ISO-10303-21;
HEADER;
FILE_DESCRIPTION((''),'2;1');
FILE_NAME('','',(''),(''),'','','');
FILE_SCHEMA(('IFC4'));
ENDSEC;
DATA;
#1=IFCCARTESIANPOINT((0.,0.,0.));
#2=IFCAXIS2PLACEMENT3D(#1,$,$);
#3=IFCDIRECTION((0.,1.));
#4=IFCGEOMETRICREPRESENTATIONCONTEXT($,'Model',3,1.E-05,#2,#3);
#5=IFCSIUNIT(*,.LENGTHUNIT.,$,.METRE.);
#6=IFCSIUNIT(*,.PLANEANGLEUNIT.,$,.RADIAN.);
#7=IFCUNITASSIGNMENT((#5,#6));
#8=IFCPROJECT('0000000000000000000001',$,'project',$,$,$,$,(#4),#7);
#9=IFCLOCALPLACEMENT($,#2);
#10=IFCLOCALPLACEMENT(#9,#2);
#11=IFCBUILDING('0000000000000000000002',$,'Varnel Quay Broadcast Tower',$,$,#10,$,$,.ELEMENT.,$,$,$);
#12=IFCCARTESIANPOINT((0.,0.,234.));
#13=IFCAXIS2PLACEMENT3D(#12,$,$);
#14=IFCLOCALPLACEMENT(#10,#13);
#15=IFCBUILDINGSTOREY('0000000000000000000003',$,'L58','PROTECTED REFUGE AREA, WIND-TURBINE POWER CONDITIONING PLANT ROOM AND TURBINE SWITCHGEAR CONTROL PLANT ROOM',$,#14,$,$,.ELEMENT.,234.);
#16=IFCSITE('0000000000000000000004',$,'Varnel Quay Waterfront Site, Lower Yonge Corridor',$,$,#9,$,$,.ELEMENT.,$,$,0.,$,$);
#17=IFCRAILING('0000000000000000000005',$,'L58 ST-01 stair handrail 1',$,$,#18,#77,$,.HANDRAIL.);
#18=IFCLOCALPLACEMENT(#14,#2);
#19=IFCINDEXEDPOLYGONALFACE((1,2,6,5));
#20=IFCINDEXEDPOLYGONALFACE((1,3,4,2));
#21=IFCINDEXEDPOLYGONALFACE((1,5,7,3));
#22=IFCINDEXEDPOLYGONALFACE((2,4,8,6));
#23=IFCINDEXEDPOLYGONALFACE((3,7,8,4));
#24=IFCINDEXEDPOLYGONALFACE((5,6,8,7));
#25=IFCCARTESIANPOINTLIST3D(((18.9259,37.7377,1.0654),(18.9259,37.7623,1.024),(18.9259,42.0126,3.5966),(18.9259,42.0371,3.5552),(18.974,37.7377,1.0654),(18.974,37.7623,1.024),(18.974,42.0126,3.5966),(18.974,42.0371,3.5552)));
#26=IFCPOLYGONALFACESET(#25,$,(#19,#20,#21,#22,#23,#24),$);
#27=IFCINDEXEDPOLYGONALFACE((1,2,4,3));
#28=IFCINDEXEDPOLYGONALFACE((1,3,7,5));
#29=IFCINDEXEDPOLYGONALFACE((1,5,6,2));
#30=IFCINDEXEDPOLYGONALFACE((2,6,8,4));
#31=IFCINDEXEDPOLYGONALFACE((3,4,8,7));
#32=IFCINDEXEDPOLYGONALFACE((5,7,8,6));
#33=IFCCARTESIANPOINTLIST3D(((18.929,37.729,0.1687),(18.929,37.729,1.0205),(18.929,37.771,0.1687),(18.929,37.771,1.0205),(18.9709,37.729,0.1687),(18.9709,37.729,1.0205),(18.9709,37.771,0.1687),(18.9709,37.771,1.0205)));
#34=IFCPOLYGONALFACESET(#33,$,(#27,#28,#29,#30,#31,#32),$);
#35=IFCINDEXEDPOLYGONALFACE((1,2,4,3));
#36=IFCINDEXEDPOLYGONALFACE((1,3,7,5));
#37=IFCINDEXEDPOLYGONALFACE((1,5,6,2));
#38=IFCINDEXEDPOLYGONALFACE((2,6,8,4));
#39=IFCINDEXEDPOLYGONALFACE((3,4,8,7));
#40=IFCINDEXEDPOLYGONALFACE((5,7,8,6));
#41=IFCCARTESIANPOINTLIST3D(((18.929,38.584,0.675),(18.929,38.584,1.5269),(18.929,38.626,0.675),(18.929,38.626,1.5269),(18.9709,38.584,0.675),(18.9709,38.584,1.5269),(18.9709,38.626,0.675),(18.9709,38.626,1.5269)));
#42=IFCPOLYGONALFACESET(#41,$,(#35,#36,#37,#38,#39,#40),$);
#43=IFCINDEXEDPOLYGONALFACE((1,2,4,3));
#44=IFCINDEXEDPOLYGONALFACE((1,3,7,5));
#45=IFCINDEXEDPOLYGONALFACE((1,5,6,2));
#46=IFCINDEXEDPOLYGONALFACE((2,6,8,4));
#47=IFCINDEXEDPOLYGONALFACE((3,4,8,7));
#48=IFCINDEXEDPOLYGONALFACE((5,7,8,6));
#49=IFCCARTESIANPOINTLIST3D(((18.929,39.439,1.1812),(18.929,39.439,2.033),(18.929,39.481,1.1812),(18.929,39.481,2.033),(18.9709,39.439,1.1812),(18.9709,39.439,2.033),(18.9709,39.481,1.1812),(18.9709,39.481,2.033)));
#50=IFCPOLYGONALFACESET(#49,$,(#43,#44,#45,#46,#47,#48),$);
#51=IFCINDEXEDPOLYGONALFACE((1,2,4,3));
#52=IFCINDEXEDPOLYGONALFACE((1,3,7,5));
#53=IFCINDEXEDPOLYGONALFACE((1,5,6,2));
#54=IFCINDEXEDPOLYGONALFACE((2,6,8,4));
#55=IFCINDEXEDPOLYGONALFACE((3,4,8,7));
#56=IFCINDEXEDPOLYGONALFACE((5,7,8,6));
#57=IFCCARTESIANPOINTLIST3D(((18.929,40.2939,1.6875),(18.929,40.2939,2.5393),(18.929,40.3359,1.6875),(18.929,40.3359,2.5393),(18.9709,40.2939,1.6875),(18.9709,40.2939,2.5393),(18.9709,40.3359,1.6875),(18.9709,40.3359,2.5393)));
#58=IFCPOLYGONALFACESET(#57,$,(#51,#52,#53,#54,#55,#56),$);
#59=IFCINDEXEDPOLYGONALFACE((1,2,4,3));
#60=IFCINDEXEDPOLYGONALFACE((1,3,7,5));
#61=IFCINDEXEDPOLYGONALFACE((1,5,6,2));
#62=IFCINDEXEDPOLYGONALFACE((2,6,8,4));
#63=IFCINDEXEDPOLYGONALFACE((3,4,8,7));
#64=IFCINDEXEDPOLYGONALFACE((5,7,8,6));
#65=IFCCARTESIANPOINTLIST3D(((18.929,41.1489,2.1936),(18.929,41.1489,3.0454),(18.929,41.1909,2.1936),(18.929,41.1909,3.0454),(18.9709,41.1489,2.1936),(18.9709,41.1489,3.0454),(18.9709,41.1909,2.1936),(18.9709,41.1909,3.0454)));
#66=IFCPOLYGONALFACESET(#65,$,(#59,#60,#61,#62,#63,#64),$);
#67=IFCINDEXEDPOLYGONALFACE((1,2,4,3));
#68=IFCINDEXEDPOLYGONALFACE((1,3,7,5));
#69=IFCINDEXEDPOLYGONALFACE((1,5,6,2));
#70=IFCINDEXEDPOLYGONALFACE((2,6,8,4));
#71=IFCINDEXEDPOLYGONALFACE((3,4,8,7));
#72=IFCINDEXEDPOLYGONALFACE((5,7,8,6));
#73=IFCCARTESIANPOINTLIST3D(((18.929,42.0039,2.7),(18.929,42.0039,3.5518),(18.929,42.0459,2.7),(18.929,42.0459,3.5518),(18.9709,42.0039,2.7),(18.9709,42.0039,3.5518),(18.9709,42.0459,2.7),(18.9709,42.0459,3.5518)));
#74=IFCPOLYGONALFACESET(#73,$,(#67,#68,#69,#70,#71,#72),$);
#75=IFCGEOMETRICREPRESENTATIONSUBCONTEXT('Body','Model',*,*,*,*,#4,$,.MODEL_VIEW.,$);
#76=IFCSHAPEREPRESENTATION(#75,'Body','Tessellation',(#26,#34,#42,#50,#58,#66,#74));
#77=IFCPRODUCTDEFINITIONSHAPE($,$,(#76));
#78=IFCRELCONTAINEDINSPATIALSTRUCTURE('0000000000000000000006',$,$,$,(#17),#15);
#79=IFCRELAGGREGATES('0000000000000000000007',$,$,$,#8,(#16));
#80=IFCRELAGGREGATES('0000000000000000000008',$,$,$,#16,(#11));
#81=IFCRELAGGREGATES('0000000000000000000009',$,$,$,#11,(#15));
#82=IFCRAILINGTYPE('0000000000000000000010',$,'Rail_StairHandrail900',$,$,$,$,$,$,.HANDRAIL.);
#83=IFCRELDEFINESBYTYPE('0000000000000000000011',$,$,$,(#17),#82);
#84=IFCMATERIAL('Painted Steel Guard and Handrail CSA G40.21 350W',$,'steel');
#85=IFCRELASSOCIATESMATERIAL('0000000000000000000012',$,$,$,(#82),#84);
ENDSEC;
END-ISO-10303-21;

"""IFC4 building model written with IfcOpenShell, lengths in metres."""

from ifc_helpers import new_model, si_unit, direction, frame, origin, origin_2d, place, context, subcontext, project, spatial, rectangle, extrude, material, type_object, element, save


model = new_model("IFC4")

# Units and contexts
model_context = context("Model", 3, precision=1e-05, world=origin(), true_north=direction((0.0, 1.0)))
body_context = subcontext(model_context, "Body", "Model", "MODEL_VIEW")
ifc_project = project(units=[si_unit("LENGTHUNIT", "METRE"), si_unit("PLANEANGLEUNIT", "RADIAN")], contexts=[model_context])

# Site, building, storey
site_placement = place(None, origin())
site = spatial("IfcSite", under=ifc_project, at=site_placement, Name="Varnel Quay Waterfront Site, Lower Yonge Corridor", CompositionType="ELEMENT", RefElevation=0.0)
building_placement = place(site_placement, origin())
building = spatial("IfcBuilding", under=site, at=building_placement, Name="Varnel Quay Broadcast Tower", CompositionType="ELEMENT")
storey_placement = place(building_placement, frame((0.0, 0.0, 234.0)))
storey = spatial("IfcBuildingStorey", under=building, at=storey_placement, Name="L58", Description="PROTECTED REFUGE AREA, WIND-TURBINE POWER CONDITIONING PLANT ROOM AND TURBINE SWITCHGEAR CONTROL PLANT ROOM", CompositionType="ELEMENT", Elevation=234.0)

# Railing
ifc_material_1 = material(Name="Painted Steel Guard and Handrail CSA G40.21 350W", Category="steel")
railing_type_1 = type_object("IfcRailingType", Name="Rail_StairHandrail900", PredefinedType="HANDRAIL", material=ifc_material_1)
railing_1_placement = place(storey_placement, frame((18.95, 37.75, 0.1687)))
element("IfcRailing", 1, at=railing_1_placement, inside=storey, type_object=railing_type_1, Name="L58 ST-01 stair handrail 1", PredefinedType="HANDRAIL", context=body_context, shape_type="SweptSolid", body=[
    extrude(rectangle(XDim=0.0481, YDim=0.0481, at=origin_2d()), frame((0.0, 0.0, 0.876), z_axis=(0.0, 0.86047, 0.509501), x_axis=(-1.0, 0.0, 0.0)), (0.0, 0.0, 1.0), 4.968),
    extrude(rectangle(XDim=0.042, YDim=0.042, at=origin_2d()), origin(), (0.0, 0.0, 1.0), 0.8518),
    extrude(rectangle(XDim=0.042, YDim=0.042, at=origin_2d()), frame((0.0, 0.855, 0.5063)), (0.0, 0.0, 1.0), 0.8518),
    extrude(rectangle(XDim=0.042, YDim=0.042, at=origin_2d()), frame((0.0, 1.71, 1.0125)), (0.0, 0.0, 1.0), 0.8518),
    extrude(rectangle(XDim=0.042, YDim=0.042, at=origin_2d()), frame((0.0, 2.5649, 1.5188)), (0.0, 0.0, 1.0), 0.8518),
    extrude(rectangle(XDim=0.042, YDim=0.042, at=origin_2d()), frame((0.0, 3.4199, 2.0249)), (0.0, 0.0, 1.0), 0.8518),
    extrude(rectangle(XDim=0.042, YDim=0.042, at=origin_2d()), frame((0.0, 4.2749, 2.5312)), (0.0, 0.0, 1.0), 0.8518),
])

save(model, "model.ifc")
